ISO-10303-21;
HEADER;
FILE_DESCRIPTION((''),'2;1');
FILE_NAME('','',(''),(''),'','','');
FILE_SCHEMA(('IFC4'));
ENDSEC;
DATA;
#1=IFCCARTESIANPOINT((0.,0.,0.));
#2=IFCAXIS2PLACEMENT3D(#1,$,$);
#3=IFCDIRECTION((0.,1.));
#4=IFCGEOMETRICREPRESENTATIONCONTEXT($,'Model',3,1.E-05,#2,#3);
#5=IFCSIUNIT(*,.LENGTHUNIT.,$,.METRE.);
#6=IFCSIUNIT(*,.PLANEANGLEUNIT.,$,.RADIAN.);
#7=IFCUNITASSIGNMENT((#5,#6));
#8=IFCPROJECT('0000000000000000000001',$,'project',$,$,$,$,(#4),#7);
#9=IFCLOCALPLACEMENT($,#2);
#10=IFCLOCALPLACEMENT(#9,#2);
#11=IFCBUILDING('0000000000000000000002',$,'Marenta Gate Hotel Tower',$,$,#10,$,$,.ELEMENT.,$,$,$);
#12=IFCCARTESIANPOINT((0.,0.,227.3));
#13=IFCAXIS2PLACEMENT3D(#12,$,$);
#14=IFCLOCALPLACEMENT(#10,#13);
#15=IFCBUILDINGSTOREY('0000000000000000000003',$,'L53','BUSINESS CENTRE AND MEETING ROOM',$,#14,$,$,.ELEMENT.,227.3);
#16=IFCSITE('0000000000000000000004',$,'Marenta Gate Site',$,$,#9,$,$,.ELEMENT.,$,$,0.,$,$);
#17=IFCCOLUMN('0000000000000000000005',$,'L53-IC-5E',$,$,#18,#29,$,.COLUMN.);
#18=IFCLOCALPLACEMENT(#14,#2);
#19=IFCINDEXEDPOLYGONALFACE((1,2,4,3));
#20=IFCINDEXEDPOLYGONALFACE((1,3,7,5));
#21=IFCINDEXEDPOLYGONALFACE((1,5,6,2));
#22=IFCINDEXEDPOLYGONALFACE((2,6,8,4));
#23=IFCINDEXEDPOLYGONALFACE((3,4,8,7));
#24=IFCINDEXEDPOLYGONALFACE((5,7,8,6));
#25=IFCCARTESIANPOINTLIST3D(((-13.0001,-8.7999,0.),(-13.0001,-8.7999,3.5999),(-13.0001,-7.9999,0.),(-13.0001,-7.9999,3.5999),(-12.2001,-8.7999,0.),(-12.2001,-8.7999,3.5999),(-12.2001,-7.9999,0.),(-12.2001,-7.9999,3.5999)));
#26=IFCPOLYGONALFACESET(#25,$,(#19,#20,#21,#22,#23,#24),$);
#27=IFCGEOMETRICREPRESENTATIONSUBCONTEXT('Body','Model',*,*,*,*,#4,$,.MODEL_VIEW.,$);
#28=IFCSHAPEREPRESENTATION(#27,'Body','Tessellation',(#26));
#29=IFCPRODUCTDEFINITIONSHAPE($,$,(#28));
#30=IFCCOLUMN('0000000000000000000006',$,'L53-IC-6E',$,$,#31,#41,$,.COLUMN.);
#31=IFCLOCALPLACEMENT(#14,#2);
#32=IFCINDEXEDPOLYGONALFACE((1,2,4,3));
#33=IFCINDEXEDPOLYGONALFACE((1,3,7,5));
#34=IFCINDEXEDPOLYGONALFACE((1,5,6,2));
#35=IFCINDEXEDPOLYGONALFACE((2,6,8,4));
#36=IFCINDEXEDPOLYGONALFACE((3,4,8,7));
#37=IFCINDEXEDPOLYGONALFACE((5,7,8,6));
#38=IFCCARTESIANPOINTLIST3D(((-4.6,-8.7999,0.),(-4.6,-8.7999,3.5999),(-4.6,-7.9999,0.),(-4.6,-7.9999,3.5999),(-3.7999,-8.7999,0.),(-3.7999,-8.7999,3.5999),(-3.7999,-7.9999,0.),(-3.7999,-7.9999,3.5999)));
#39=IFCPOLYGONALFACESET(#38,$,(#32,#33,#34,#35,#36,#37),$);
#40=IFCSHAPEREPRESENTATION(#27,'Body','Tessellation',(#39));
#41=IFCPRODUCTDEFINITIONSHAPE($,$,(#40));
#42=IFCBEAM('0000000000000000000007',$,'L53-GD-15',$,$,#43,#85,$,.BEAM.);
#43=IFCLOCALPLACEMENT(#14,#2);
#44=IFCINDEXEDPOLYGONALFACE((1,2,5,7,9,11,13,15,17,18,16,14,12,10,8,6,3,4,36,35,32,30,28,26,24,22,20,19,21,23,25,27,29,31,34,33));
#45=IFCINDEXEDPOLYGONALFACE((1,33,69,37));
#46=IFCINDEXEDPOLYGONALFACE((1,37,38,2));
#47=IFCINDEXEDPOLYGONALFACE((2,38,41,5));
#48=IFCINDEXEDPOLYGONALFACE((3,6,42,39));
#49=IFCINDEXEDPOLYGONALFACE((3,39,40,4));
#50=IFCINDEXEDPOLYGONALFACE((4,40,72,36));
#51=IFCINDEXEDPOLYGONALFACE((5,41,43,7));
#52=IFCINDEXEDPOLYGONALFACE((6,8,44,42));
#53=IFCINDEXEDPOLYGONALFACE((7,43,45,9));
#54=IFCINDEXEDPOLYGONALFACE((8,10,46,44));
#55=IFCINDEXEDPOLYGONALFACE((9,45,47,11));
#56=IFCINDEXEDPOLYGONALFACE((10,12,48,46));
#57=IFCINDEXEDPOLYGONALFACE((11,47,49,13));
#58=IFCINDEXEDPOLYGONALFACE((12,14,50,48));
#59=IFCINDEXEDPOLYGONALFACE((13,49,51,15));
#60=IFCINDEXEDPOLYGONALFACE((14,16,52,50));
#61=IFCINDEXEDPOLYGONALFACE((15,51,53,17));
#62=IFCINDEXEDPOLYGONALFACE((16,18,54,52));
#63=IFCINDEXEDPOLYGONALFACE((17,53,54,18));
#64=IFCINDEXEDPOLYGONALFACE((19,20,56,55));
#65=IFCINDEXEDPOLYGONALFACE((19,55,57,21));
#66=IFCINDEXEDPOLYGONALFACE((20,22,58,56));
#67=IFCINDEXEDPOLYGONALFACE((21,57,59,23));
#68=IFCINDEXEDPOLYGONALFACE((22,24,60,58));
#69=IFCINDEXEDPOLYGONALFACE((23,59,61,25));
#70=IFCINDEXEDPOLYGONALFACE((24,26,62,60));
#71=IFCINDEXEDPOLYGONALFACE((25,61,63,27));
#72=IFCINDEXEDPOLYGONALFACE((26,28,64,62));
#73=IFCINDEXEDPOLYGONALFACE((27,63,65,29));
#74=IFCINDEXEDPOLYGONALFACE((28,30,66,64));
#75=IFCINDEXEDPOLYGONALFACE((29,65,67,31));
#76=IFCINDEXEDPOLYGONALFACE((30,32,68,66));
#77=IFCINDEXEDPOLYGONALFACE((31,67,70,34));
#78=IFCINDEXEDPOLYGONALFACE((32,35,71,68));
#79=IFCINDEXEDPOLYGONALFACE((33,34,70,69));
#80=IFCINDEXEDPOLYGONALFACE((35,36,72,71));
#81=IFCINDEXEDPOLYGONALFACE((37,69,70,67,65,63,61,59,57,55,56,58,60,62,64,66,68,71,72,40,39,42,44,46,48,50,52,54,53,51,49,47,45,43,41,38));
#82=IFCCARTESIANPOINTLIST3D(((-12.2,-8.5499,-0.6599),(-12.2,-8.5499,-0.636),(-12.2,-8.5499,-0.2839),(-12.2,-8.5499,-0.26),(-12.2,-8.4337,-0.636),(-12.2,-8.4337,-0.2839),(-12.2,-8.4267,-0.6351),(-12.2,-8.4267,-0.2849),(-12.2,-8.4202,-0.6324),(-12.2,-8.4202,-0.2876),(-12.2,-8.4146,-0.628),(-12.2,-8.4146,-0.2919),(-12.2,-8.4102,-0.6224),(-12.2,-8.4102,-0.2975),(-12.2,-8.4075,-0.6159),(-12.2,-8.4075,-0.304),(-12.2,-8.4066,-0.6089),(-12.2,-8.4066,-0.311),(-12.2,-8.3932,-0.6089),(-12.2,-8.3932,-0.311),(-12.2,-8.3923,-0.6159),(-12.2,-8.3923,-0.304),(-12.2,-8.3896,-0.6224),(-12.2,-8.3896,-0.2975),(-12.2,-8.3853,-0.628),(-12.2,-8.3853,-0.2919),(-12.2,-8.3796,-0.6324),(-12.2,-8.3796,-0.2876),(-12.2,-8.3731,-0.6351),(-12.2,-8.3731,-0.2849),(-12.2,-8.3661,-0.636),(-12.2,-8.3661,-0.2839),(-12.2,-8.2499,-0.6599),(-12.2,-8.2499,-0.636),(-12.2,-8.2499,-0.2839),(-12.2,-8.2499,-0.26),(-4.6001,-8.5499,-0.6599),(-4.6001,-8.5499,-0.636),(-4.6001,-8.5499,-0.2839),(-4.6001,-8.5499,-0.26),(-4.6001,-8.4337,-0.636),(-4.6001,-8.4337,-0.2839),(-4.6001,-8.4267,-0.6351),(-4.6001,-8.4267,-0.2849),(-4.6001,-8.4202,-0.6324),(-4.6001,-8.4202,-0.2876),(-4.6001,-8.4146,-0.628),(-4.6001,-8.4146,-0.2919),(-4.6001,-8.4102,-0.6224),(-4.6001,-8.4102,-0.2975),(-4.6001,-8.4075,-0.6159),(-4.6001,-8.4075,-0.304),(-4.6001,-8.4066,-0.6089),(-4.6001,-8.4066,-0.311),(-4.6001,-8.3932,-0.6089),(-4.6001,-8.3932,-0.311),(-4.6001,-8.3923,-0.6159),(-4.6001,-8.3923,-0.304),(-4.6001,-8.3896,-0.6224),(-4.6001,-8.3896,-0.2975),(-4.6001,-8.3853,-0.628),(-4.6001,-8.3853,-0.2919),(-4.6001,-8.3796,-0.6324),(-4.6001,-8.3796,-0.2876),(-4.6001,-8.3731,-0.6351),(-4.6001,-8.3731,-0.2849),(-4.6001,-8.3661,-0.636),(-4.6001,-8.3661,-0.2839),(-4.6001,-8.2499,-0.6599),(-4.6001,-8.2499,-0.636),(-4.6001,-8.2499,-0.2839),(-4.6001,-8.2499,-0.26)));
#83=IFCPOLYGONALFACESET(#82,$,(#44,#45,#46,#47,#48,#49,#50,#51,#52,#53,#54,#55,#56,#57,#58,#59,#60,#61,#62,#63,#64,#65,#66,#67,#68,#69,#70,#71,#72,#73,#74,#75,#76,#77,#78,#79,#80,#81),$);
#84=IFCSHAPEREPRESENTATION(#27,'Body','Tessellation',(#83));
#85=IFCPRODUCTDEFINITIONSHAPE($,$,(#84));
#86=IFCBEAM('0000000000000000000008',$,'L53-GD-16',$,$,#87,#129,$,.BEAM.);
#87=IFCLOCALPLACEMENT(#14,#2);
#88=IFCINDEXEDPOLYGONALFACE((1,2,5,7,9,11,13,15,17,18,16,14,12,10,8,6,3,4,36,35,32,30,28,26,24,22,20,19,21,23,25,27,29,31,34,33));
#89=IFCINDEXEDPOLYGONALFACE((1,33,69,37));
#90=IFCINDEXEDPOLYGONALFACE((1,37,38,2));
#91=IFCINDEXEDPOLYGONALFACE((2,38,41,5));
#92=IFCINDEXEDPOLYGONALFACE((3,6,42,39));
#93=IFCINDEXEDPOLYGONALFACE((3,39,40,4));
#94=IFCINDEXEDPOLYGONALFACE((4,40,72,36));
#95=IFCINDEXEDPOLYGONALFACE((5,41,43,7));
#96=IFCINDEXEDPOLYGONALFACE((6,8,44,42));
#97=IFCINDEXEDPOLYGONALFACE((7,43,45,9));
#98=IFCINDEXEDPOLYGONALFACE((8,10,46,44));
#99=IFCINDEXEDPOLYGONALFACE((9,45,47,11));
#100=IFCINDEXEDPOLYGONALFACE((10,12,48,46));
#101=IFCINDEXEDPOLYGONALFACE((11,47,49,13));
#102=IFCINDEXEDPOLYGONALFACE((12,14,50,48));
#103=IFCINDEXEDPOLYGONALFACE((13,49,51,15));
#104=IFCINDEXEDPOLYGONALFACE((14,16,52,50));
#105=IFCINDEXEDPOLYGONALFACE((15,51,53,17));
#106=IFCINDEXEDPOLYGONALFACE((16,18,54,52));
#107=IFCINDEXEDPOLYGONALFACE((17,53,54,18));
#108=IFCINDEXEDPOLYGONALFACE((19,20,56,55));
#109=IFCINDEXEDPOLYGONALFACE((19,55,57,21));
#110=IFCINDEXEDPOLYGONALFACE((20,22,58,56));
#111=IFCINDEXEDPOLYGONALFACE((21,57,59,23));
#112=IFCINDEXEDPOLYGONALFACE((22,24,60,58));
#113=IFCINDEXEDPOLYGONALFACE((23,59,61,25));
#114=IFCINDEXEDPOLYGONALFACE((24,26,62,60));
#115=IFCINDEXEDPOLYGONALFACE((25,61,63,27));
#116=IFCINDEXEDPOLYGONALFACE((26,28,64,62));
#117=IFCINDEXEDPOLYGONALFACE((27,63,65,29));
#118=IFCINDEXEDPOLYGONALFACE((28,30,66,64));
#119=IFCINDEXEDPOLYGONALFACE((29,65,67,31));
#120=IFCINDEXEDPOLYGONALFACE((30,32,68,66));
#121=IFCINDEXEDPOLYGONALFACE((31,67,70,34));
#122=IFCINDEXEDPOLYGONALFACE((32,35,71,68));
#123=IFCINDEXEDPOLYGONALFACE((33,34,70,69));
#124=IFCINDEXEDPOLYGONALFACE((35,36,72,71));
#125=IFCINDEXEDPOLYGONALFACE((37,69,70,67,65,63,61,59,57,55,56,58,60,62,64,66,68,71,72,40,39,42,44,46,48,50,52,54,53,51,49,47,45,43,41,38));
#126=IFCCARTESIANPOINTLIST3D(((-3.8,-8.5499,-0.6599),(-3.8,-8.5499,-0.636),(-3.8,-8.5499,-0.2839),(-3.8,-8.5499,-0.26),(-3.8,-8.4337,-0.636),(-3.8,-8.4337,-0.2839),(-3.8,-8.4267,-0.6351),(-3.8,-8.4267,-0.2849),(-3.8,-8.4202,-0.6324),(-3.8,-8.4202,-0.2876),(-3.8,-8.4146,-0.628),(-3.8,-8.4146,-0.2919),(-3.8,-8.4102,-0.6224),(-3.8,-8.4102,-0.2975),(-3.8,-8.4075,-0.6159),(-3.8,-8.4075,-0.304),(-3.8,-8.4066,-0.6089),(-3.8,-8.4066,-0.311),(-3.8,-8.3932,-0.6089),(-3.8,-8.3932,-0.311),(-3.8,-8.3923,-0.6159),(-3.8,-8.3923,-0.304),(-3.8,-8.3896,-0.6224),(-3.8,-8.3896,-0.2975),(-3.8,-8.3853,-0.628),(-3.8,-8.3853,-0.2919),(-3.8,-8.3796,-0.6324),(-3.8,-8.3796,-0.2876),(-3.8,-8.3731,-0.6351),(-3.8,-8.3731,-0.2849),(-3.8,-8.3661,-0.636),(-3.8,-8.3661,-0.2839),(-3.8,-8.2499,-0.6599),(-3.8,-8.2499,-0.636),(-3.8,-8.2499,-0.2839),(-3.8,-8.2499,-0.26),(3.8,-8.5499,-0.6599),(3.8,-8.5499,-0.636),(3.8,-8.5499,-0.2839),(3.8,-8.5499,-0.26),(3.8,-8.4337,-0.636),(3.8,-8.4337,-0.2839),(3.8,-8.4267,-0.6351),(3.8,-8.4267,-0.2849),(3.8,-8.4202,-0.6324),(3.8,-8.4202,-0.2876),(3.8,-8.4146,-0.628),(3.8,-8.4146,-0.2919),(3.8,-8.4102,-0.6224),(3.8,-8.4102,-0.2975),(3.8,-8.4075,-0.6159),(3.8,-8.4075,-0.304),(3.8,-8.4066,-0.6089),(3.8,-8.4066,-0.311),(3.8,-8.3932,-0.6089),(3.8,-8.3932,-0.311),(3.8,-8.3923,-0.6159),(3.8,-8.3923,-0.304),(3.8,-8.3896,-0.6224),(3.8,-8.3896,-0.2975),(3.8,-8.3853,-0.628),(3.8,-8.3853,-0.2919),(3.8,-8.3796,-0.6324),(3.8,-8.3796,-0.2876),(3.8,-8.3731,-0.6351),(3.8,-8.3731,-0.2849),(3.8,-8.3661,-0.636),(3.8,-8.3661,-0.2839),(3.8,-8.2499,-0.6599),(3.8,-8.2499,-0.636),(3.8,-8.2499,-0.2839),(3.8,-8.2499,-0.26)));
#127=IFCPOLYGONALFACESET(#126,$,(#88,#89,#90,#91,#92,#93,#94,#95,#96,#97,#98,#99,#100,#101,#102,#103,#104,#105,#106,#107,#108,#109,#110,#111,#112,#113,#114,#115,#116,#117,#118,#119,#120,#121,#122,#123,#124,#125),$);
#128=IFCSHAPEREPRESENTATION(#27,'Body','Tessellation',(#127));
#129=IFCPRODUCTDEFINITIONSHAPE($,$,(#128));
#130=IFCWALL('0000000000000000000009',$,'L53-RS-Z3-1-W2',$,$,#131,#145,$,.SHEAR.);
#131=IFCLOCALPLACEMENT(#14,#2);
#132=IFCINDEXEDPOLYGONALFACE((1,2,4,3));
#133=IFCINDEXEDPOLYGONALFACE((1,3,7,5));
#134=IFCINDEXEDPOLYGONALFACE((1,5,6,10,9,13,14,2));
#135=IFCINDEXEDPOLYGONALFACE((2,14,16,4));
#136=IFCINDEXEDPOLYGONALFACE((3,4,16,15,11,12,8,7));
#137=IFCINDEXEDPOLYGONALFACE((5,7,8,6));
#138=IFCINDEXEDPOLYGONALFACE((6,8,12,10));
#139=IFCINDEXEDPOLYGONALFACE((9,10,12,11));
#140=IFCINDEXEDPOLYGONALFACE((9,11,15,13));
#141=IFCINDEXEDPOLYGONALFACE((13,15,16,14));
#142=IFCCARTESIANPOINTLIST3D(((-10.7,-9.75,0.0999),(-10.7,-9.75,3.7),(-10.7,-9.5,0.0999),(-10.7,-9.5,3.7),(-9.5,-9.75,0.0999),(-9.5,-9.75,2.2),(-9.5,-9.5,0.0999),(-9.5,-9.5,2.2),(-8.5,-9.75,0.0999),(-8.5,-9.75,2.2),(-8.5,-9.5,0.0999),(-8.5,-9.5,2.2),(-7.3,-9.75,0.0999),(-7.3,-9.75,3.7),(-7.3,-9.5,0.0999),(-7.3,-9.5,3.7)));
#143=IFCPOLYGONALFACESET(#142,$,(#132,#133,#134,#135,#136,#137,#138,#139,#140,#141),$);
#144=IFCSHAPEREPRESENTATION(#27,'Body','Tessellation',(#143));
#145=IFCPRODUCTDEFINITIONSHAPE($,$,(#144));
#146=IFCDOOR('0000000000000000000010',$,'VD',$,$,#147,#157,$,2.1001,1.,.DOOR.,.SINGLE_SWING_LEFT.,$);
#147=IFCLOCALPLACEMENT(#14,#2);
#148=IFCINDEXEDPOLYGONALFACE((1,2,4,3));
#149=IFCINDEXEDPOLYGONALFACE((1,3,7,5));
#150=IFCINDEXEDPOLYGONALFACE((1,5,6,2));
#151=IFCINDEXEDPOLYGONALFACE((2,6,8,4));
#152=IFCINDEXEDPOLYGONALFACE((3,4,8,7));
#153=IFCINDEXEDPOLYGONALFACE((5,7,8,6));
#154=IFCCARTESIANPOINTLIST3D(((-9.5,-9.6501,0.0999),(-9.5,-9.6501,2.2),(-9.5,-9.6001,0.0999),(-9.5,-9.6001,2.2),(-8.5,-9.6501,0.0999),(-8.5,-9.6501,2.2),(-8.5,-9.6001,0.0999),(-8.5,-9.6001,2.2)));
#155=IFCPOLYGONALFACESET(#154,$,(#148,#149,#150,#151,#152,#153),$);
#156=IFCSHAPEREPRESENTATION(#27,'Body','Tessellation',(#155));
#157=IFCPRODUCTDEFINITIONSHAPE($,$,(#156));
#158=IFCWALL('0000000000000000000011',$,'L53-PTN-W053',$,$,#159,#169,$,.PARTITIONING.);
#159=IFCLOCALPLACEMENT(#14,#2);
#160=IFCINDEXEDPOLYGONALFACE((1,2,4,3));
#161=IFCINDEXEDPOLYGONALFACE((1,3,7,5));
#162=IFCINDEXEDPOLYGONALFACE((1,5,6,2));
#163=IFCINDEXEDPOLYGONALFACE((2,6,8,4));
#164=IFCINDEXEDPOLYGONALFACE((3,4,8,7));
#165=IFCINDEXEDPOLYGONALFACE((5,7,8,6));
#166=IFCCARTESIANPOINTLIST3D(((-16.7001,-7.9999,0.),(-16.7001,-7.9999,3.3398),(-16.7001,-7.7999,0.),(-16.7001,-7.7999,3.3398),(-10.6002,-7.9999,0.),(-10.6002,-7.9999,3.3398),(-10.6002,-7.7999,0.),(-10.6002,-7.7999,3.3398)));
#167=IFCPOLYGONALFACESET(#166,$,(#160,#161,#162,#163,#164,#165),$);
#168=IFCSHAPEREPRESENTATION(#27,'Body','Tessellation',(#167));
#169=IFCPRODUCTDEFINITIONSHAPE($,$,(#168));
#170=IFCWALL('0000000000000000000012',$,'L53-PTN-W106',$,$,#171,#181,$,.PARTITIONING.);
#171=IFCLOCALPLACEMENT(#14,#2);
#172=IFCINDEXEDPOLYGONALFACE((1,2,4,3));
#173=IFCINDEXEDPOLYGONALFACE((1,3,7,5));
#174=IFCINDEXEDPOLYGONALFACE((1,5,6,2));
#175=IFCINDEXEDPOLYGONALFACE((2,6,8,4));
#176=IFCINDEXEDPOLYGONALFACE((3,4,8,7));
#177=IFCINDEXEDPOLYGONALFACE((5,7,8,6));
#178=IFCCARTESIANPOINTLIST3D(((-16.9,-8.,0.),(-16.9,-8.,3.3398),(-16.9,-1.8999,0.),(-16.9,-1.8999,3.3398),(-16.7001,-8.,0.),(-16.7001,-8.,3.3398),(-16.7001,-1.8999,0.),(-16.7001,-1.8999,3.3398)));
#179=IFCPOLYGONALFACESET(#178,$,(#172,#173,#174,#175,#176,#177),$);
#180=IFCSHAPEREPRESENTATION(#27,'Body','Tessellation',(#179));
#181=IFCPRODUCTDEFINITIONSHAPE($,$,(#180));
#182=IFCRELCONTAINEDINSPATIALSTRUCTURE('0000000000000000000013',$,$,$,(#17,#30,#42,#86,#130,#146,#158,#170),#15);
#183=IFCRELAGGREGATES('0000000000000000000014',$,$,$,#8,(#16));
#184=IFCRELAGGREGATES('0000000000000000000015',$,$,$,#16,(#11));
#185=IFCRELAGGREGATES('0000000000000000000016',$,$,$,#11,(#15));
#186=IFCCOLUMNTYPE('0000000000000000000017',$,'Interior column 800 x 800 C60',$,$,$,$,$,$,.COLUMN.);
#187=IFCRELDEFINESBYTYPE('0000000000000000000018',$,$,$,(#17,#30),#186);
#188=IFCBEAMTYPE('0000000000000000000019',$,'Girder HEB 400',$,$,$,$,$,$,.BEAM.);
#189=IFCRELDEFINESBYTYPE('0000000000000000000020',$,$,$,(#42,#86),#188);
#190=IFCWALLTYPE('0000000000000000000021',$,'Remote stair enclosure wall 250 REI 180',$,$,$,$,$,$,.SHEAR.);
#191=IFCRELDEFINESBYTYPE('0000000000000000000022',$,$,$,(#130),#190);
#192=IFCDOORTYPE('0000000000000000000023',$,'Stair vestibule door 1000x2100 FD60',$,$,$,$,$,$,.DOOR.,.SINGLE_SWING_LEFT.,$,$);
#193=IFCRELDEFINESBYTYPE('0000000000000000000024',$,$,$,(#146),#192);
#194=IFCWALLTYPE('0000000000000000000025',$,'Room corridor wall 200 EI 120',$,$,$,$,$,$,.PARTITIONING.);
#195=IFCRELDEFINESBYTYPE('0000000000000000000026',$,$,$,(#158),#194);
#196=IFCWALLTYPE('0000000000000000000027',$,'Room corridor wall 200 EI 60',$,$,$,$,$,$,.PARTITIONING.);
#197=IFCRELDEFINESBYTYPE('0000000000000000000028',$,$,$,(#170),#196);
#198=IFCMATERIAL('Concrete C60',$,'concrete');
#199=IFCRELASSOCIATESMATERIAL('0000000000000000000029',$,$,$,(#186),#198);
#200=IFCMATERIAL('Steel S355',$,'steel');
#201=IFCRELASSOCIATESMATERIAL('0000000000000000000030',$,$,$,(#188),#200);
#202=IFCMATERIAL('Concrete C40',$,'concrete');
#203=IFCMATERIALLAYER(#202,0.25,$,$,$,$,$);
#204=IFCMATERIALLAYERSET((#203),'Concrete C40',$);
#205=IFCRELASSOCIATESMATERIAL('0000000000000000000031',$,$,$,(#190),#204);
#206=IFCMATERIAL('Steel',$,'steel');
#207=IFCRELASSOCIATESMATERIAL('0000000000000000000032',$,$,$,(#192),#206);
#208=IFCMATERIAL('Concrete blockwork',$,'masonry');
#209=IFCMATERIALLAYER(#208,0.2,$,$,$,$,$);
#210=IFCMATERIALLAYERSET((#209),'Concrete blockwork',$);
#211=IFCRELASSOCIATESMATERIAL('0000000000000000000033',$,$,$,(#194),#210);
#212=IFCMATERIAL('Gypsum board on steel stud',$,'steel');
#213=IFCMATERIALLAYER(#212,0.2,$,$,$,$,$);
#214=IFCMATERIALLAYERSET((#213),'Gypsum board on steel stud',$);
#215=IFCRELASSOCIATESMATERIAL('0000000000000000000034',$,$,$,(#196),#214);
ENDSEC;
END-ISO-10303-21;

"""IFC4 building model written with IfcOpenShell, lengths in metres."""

from ifc_helpers import new_model, si_unit, direction, frame, frame_2d, origin, origin_2d, place, context, subcontext, project, spatial, rectangle, i_section, extrude, material, layer, layer_set, material_profile, profile_set, type_object, element, fill, save


model = new_model("IFC4")

# Units and contexts
model_context = context("Model", 3, precision=1e-05, world=origin(), true_north=direction((0.0, 1.0)))
body_context = subcontext(model_context, "Body", "Model", "MODEL_VIEW")
ifc_project = project(units=[si_unit("LENGTHUNIT", "METRE"), si_unit("PLANEANGLEUNIT", "RADIAN")], contexts=[model_context])

# Site, building, storey
site_placement = place(None, origin())
site = spatial("IfcSite", under=ifc_project, at=site_placement, Name="Marenta Gate Site", CompositionType="ELEMENT", RefElevation=0.0)
building_placement = place(site_placement, origin())
building = spatial("IfcBuilding", under=site, at=building_placement, Name="Marenta Gate Hotel Tower", CompositionType="ELEMENT")
storey_placement = place(building_placement, frame((0.0, 0.0, 227.3)))
storey = spatial("IfcBuildingStorey", under=building, at=storey_placement, Name="L53", Description="BUSINESS CENTRE AND MEETING ROOM", CompositionType="ELEMENT", Elevation=227.3)

# Columns
ifc_material_1 = material(Name="Concrete C60", Category="concrete")
ifc_material_profile_1 = material_profile(ifc_material_1, rectangle(XDim=0.8, YDim=0.8, at=origin_2d()), Name="800 x 800")
ifc_profile_set_1 = profile_set([ifc_material_profile_1], Name="Concrete C60")
column_type = type_object("IfcColumnType", Name="Interior column 800 x 800 C60", PredefinedType="COLUMN", material=ifc_profile_set_1)
for number, where, z_axis, x_axis, name in (
    (1, (-12.6001, -8.3999, 0.0), (0.0, 0.0, 1.0), (1.0, 0.0, 0.0), "L53-IC-5E"),
    (2, (-4.2, -8.3999, 0.0), (0.0, 0.0, 1.0), (1.0, 0.0, 0.0), "L53-IC-6E"),
):
    element("IfcColumn", number, at=place(storey_placement, frame(where, z_axis=z_axis, x_axis=x_axis)), inside=storey, type_object=column_type, Name=name, PredefinedType="COLUMN", context=body_context, shape_type="SweptSolid", body=[
        extrude(rectangle(XDim=0.8, YDim=0.8, at=origin_2d()), origin(), (0.0, 0.0, 1.0), 3.5999),
    ])

# Beams
ifc_material_2 = material(Name="Steel S355", Category="steel")
ifc_material_profile_2 = material_profile(ifc_material_2, i_section(OverallWidth=0.3, OverallDepth=0.3999, WebThickness=0.0134, FlangeThickness=0.0239, FilletRadius=0.0271, at=origin_2d()), Name="HEB 400")
ifc_profile_set_2 = profile_set([ifc_material_profile_2], Name="Steel S355")
beam_type = type_object("IfcBeamType", Name="Girder HEB 400", PredefinedType="BEAM", material=ifc_profile_set_2)
beam_1_placement = place(storey_placement, frame((-12.2, -8.3999, -0.46), z_axis=(1.0, 0.0, 0.0), x_axis=(0.0, 1.0, 0.0)))
element("IfcBeam", 3, at=beam_1_placement, inside=storey, type_object=beam_type, Name="L53-GD-15", PredefinedType="BEAM", context=body_context, shape_type="SweptSolid", body=[
    extrude(i_section(OverallWidth=0.3, OverallDepth=0.3999, WebThickness=0.0134, FlangeThickness=0.0239, FilletRadius=0.0271, at=origin_2d()), origin(), (0.0, 0.0, 1.0), 7.5999),
])
beam_2_placement = place(storey_placement, frame((-3.8, -8.3999, -0.46), z_axis=(1.0, 0.0, 0.0), x_axis=(0.0, 1.0, 0.0)))
element("IfcBeam", 4, at=beam_2_placement, inside=storey, type_object=beam_type, Name="L53-GD-16", PredefinedType="BEAM", context=body_context, shape_type="SweptSolid", body=[
    extrude(i_section(OverallWidth=0.3, OverallDepth=0.3999, WebThickness=0.0134, FlangeThickness=0.0239, FilletRadius=0.0271, at=origin_2d()), origin(), (0.0, 0.0, 1.0), 7.6001),
])

# Wall, opening, door
ifc_material_3 = material(Name="Concrete C40", Category="concrete")
ifc_layer_1 = layer(ifc_material_3, 0.25)
ifc_layer_set_1 = layer_set([ifc_layer_1], Name="Concrete C40")
wall_type_1 = type_object("IfcWallType", Name="Remote stair enclosure wall 250 REI 180", PredefinedType="SHEAR", material=ifc_layer_set_1)
wall_1_placement = place(storey_placement, frame((-10.7, -9.625, 0.0999), z_axis=(0.0, 0.0, 1.0), x_axis=(1.0, 0.0, 0.0)))
wall_1 = element("IfcWall", 5, at=wall_1_placement, inside=storey, type_object=wall_type_1, Name="L53-RS-Z3-1-W2", PredefinedType="SHEAR", context=body_context, shape_type="SweptSolid", body=[
    extrude(rectangle(XDim=3.3999, YDim=0.25, at=frame_2d((1.7, 0.0))), origin(), (0.0, 0.0, 1.0), 3.6001),
])
opening_1_placement = place(wall_1_placement, frame((1.2, 0.0, 0.0)))
opening_1 = element("IfcOpeningElement", 6, at=opening_1_placement, cuts=wall_1, PredefinedType="OPENING", context=body_context, shape_type="SweptSolid", body=[
    extrude(rectangle(XDim=1.0, YDim=2.1001, at=frame_2d((0.5, 1.05))), frame((0.0, 0.125, 0.0), z_axis=(0.0, -1.0, 0.0), x_axis=(1.0, 0.0, 0.0)), (0.0, 0.0, 1.0), 0.25),
])
ifc_material_4 = material(Name="Steel", Category="steel")
door_type_1 = type_object("IfcDoorType", Name="Stair vestibule door 1000x2100 FD60", OperationType="SINGLE_SWING_LEFT", PredefinedType="DOOR", material=ifc_material_4)
door_1_placement = place(opening_1_placement, origin())
door_1 = element("IfcDoor", 7, at=door_1_placement, inside=storey, type_object=door_type_1, Name="VD", OperationType="SINGLE_SWING_LEFT", OverallHeight=2.1001, OverallWidth=1.0, PredefinedType="DOOR", context=body_context, shape_type="SweptSolid", body=[
    extrude(rectangle(XDim=1.0, YDim=2.1001, at=frame_2d((0.5, 1.05))), frame((0.0, 0.0249, 0.0), z_axis=(0.0, -1.0, 0.0), x_axis=(1.0, 0.0, 0.0)), (0.0, 0.0, 1.0), 0.05),
])
fill(opening_1, door_1)
ifc_material_5 = material(Name="Concrete blockwork", Category="masonry")
ifc_layer_2 = layer(ifc_material_5, 0.2)
ifc_layer_set_2 = layer_set([ifc_layer_2], Name="Concrete blockwork")
wall_type_2 = type_object("IfcWallType", Name="Room corridor wall 200 EI 120", PredefinedType="PARTITIONING", material=ifc_layer_set_2)

# Wall
wall_2_placement = place(storey_placement, frame((-16.7, -7.8999, 0.0), z_axis=(0.0, 0.0, 1.0), x_axis=(1.0, 0.0, 0.0)))
element("IfcWall", 8, at=wall_2_placement, inside=storey, type_object=wall_type_2, Name="L53-PTN-W053", PredefinedType="PARTITIONING", context=body_context, shape_type="SweptSolid", body=[
    extrude(rectangle(XDim=6.0999, YDim=0.2, at=frame_2d((3.0498, 0.0))), origin(), (0.0, 0.0, 1.0), 3.3398),
])

# Shared definitions
ifc_material_6 = material(Name="Gypsum board on steel stud", Category="steel")
ifc_layer_3 = layer(ifc_material_6, 0.2)
ifc_layer_set_3 = layer_set([ifc_layer_3], Name="Gypsum board on steel stud")
wall_type_3 = type_object("IfcWallType", Name="Room corridor wall 200 EI 60", PredefinedType="PARTITIONING", material=ifc_layer_set_3)

# Wall
wall_3_placement = place(storey_placement, frame((-16.8, -8.0, 0.0), z_axis=(0.0, 0.0, 1.0), x_axis=(0.0, 1.0, 0.0)))
element("IfcWall", 9, at=wall_3_placement, inside=storey, type_object=wall_type_3, Name="L53-PTN-W106", PredefinedType="PARTITIONING", context=body_context, shape_type="SweptSolid", body=[
    extrude(rectangle(XDim=6.1001, YDim=0.2, at=frame_2d((3.05, 0.0))), origin(), (0.0, 0.0, 1.0), 3.3398),
])

save(model, "model.ifc")
